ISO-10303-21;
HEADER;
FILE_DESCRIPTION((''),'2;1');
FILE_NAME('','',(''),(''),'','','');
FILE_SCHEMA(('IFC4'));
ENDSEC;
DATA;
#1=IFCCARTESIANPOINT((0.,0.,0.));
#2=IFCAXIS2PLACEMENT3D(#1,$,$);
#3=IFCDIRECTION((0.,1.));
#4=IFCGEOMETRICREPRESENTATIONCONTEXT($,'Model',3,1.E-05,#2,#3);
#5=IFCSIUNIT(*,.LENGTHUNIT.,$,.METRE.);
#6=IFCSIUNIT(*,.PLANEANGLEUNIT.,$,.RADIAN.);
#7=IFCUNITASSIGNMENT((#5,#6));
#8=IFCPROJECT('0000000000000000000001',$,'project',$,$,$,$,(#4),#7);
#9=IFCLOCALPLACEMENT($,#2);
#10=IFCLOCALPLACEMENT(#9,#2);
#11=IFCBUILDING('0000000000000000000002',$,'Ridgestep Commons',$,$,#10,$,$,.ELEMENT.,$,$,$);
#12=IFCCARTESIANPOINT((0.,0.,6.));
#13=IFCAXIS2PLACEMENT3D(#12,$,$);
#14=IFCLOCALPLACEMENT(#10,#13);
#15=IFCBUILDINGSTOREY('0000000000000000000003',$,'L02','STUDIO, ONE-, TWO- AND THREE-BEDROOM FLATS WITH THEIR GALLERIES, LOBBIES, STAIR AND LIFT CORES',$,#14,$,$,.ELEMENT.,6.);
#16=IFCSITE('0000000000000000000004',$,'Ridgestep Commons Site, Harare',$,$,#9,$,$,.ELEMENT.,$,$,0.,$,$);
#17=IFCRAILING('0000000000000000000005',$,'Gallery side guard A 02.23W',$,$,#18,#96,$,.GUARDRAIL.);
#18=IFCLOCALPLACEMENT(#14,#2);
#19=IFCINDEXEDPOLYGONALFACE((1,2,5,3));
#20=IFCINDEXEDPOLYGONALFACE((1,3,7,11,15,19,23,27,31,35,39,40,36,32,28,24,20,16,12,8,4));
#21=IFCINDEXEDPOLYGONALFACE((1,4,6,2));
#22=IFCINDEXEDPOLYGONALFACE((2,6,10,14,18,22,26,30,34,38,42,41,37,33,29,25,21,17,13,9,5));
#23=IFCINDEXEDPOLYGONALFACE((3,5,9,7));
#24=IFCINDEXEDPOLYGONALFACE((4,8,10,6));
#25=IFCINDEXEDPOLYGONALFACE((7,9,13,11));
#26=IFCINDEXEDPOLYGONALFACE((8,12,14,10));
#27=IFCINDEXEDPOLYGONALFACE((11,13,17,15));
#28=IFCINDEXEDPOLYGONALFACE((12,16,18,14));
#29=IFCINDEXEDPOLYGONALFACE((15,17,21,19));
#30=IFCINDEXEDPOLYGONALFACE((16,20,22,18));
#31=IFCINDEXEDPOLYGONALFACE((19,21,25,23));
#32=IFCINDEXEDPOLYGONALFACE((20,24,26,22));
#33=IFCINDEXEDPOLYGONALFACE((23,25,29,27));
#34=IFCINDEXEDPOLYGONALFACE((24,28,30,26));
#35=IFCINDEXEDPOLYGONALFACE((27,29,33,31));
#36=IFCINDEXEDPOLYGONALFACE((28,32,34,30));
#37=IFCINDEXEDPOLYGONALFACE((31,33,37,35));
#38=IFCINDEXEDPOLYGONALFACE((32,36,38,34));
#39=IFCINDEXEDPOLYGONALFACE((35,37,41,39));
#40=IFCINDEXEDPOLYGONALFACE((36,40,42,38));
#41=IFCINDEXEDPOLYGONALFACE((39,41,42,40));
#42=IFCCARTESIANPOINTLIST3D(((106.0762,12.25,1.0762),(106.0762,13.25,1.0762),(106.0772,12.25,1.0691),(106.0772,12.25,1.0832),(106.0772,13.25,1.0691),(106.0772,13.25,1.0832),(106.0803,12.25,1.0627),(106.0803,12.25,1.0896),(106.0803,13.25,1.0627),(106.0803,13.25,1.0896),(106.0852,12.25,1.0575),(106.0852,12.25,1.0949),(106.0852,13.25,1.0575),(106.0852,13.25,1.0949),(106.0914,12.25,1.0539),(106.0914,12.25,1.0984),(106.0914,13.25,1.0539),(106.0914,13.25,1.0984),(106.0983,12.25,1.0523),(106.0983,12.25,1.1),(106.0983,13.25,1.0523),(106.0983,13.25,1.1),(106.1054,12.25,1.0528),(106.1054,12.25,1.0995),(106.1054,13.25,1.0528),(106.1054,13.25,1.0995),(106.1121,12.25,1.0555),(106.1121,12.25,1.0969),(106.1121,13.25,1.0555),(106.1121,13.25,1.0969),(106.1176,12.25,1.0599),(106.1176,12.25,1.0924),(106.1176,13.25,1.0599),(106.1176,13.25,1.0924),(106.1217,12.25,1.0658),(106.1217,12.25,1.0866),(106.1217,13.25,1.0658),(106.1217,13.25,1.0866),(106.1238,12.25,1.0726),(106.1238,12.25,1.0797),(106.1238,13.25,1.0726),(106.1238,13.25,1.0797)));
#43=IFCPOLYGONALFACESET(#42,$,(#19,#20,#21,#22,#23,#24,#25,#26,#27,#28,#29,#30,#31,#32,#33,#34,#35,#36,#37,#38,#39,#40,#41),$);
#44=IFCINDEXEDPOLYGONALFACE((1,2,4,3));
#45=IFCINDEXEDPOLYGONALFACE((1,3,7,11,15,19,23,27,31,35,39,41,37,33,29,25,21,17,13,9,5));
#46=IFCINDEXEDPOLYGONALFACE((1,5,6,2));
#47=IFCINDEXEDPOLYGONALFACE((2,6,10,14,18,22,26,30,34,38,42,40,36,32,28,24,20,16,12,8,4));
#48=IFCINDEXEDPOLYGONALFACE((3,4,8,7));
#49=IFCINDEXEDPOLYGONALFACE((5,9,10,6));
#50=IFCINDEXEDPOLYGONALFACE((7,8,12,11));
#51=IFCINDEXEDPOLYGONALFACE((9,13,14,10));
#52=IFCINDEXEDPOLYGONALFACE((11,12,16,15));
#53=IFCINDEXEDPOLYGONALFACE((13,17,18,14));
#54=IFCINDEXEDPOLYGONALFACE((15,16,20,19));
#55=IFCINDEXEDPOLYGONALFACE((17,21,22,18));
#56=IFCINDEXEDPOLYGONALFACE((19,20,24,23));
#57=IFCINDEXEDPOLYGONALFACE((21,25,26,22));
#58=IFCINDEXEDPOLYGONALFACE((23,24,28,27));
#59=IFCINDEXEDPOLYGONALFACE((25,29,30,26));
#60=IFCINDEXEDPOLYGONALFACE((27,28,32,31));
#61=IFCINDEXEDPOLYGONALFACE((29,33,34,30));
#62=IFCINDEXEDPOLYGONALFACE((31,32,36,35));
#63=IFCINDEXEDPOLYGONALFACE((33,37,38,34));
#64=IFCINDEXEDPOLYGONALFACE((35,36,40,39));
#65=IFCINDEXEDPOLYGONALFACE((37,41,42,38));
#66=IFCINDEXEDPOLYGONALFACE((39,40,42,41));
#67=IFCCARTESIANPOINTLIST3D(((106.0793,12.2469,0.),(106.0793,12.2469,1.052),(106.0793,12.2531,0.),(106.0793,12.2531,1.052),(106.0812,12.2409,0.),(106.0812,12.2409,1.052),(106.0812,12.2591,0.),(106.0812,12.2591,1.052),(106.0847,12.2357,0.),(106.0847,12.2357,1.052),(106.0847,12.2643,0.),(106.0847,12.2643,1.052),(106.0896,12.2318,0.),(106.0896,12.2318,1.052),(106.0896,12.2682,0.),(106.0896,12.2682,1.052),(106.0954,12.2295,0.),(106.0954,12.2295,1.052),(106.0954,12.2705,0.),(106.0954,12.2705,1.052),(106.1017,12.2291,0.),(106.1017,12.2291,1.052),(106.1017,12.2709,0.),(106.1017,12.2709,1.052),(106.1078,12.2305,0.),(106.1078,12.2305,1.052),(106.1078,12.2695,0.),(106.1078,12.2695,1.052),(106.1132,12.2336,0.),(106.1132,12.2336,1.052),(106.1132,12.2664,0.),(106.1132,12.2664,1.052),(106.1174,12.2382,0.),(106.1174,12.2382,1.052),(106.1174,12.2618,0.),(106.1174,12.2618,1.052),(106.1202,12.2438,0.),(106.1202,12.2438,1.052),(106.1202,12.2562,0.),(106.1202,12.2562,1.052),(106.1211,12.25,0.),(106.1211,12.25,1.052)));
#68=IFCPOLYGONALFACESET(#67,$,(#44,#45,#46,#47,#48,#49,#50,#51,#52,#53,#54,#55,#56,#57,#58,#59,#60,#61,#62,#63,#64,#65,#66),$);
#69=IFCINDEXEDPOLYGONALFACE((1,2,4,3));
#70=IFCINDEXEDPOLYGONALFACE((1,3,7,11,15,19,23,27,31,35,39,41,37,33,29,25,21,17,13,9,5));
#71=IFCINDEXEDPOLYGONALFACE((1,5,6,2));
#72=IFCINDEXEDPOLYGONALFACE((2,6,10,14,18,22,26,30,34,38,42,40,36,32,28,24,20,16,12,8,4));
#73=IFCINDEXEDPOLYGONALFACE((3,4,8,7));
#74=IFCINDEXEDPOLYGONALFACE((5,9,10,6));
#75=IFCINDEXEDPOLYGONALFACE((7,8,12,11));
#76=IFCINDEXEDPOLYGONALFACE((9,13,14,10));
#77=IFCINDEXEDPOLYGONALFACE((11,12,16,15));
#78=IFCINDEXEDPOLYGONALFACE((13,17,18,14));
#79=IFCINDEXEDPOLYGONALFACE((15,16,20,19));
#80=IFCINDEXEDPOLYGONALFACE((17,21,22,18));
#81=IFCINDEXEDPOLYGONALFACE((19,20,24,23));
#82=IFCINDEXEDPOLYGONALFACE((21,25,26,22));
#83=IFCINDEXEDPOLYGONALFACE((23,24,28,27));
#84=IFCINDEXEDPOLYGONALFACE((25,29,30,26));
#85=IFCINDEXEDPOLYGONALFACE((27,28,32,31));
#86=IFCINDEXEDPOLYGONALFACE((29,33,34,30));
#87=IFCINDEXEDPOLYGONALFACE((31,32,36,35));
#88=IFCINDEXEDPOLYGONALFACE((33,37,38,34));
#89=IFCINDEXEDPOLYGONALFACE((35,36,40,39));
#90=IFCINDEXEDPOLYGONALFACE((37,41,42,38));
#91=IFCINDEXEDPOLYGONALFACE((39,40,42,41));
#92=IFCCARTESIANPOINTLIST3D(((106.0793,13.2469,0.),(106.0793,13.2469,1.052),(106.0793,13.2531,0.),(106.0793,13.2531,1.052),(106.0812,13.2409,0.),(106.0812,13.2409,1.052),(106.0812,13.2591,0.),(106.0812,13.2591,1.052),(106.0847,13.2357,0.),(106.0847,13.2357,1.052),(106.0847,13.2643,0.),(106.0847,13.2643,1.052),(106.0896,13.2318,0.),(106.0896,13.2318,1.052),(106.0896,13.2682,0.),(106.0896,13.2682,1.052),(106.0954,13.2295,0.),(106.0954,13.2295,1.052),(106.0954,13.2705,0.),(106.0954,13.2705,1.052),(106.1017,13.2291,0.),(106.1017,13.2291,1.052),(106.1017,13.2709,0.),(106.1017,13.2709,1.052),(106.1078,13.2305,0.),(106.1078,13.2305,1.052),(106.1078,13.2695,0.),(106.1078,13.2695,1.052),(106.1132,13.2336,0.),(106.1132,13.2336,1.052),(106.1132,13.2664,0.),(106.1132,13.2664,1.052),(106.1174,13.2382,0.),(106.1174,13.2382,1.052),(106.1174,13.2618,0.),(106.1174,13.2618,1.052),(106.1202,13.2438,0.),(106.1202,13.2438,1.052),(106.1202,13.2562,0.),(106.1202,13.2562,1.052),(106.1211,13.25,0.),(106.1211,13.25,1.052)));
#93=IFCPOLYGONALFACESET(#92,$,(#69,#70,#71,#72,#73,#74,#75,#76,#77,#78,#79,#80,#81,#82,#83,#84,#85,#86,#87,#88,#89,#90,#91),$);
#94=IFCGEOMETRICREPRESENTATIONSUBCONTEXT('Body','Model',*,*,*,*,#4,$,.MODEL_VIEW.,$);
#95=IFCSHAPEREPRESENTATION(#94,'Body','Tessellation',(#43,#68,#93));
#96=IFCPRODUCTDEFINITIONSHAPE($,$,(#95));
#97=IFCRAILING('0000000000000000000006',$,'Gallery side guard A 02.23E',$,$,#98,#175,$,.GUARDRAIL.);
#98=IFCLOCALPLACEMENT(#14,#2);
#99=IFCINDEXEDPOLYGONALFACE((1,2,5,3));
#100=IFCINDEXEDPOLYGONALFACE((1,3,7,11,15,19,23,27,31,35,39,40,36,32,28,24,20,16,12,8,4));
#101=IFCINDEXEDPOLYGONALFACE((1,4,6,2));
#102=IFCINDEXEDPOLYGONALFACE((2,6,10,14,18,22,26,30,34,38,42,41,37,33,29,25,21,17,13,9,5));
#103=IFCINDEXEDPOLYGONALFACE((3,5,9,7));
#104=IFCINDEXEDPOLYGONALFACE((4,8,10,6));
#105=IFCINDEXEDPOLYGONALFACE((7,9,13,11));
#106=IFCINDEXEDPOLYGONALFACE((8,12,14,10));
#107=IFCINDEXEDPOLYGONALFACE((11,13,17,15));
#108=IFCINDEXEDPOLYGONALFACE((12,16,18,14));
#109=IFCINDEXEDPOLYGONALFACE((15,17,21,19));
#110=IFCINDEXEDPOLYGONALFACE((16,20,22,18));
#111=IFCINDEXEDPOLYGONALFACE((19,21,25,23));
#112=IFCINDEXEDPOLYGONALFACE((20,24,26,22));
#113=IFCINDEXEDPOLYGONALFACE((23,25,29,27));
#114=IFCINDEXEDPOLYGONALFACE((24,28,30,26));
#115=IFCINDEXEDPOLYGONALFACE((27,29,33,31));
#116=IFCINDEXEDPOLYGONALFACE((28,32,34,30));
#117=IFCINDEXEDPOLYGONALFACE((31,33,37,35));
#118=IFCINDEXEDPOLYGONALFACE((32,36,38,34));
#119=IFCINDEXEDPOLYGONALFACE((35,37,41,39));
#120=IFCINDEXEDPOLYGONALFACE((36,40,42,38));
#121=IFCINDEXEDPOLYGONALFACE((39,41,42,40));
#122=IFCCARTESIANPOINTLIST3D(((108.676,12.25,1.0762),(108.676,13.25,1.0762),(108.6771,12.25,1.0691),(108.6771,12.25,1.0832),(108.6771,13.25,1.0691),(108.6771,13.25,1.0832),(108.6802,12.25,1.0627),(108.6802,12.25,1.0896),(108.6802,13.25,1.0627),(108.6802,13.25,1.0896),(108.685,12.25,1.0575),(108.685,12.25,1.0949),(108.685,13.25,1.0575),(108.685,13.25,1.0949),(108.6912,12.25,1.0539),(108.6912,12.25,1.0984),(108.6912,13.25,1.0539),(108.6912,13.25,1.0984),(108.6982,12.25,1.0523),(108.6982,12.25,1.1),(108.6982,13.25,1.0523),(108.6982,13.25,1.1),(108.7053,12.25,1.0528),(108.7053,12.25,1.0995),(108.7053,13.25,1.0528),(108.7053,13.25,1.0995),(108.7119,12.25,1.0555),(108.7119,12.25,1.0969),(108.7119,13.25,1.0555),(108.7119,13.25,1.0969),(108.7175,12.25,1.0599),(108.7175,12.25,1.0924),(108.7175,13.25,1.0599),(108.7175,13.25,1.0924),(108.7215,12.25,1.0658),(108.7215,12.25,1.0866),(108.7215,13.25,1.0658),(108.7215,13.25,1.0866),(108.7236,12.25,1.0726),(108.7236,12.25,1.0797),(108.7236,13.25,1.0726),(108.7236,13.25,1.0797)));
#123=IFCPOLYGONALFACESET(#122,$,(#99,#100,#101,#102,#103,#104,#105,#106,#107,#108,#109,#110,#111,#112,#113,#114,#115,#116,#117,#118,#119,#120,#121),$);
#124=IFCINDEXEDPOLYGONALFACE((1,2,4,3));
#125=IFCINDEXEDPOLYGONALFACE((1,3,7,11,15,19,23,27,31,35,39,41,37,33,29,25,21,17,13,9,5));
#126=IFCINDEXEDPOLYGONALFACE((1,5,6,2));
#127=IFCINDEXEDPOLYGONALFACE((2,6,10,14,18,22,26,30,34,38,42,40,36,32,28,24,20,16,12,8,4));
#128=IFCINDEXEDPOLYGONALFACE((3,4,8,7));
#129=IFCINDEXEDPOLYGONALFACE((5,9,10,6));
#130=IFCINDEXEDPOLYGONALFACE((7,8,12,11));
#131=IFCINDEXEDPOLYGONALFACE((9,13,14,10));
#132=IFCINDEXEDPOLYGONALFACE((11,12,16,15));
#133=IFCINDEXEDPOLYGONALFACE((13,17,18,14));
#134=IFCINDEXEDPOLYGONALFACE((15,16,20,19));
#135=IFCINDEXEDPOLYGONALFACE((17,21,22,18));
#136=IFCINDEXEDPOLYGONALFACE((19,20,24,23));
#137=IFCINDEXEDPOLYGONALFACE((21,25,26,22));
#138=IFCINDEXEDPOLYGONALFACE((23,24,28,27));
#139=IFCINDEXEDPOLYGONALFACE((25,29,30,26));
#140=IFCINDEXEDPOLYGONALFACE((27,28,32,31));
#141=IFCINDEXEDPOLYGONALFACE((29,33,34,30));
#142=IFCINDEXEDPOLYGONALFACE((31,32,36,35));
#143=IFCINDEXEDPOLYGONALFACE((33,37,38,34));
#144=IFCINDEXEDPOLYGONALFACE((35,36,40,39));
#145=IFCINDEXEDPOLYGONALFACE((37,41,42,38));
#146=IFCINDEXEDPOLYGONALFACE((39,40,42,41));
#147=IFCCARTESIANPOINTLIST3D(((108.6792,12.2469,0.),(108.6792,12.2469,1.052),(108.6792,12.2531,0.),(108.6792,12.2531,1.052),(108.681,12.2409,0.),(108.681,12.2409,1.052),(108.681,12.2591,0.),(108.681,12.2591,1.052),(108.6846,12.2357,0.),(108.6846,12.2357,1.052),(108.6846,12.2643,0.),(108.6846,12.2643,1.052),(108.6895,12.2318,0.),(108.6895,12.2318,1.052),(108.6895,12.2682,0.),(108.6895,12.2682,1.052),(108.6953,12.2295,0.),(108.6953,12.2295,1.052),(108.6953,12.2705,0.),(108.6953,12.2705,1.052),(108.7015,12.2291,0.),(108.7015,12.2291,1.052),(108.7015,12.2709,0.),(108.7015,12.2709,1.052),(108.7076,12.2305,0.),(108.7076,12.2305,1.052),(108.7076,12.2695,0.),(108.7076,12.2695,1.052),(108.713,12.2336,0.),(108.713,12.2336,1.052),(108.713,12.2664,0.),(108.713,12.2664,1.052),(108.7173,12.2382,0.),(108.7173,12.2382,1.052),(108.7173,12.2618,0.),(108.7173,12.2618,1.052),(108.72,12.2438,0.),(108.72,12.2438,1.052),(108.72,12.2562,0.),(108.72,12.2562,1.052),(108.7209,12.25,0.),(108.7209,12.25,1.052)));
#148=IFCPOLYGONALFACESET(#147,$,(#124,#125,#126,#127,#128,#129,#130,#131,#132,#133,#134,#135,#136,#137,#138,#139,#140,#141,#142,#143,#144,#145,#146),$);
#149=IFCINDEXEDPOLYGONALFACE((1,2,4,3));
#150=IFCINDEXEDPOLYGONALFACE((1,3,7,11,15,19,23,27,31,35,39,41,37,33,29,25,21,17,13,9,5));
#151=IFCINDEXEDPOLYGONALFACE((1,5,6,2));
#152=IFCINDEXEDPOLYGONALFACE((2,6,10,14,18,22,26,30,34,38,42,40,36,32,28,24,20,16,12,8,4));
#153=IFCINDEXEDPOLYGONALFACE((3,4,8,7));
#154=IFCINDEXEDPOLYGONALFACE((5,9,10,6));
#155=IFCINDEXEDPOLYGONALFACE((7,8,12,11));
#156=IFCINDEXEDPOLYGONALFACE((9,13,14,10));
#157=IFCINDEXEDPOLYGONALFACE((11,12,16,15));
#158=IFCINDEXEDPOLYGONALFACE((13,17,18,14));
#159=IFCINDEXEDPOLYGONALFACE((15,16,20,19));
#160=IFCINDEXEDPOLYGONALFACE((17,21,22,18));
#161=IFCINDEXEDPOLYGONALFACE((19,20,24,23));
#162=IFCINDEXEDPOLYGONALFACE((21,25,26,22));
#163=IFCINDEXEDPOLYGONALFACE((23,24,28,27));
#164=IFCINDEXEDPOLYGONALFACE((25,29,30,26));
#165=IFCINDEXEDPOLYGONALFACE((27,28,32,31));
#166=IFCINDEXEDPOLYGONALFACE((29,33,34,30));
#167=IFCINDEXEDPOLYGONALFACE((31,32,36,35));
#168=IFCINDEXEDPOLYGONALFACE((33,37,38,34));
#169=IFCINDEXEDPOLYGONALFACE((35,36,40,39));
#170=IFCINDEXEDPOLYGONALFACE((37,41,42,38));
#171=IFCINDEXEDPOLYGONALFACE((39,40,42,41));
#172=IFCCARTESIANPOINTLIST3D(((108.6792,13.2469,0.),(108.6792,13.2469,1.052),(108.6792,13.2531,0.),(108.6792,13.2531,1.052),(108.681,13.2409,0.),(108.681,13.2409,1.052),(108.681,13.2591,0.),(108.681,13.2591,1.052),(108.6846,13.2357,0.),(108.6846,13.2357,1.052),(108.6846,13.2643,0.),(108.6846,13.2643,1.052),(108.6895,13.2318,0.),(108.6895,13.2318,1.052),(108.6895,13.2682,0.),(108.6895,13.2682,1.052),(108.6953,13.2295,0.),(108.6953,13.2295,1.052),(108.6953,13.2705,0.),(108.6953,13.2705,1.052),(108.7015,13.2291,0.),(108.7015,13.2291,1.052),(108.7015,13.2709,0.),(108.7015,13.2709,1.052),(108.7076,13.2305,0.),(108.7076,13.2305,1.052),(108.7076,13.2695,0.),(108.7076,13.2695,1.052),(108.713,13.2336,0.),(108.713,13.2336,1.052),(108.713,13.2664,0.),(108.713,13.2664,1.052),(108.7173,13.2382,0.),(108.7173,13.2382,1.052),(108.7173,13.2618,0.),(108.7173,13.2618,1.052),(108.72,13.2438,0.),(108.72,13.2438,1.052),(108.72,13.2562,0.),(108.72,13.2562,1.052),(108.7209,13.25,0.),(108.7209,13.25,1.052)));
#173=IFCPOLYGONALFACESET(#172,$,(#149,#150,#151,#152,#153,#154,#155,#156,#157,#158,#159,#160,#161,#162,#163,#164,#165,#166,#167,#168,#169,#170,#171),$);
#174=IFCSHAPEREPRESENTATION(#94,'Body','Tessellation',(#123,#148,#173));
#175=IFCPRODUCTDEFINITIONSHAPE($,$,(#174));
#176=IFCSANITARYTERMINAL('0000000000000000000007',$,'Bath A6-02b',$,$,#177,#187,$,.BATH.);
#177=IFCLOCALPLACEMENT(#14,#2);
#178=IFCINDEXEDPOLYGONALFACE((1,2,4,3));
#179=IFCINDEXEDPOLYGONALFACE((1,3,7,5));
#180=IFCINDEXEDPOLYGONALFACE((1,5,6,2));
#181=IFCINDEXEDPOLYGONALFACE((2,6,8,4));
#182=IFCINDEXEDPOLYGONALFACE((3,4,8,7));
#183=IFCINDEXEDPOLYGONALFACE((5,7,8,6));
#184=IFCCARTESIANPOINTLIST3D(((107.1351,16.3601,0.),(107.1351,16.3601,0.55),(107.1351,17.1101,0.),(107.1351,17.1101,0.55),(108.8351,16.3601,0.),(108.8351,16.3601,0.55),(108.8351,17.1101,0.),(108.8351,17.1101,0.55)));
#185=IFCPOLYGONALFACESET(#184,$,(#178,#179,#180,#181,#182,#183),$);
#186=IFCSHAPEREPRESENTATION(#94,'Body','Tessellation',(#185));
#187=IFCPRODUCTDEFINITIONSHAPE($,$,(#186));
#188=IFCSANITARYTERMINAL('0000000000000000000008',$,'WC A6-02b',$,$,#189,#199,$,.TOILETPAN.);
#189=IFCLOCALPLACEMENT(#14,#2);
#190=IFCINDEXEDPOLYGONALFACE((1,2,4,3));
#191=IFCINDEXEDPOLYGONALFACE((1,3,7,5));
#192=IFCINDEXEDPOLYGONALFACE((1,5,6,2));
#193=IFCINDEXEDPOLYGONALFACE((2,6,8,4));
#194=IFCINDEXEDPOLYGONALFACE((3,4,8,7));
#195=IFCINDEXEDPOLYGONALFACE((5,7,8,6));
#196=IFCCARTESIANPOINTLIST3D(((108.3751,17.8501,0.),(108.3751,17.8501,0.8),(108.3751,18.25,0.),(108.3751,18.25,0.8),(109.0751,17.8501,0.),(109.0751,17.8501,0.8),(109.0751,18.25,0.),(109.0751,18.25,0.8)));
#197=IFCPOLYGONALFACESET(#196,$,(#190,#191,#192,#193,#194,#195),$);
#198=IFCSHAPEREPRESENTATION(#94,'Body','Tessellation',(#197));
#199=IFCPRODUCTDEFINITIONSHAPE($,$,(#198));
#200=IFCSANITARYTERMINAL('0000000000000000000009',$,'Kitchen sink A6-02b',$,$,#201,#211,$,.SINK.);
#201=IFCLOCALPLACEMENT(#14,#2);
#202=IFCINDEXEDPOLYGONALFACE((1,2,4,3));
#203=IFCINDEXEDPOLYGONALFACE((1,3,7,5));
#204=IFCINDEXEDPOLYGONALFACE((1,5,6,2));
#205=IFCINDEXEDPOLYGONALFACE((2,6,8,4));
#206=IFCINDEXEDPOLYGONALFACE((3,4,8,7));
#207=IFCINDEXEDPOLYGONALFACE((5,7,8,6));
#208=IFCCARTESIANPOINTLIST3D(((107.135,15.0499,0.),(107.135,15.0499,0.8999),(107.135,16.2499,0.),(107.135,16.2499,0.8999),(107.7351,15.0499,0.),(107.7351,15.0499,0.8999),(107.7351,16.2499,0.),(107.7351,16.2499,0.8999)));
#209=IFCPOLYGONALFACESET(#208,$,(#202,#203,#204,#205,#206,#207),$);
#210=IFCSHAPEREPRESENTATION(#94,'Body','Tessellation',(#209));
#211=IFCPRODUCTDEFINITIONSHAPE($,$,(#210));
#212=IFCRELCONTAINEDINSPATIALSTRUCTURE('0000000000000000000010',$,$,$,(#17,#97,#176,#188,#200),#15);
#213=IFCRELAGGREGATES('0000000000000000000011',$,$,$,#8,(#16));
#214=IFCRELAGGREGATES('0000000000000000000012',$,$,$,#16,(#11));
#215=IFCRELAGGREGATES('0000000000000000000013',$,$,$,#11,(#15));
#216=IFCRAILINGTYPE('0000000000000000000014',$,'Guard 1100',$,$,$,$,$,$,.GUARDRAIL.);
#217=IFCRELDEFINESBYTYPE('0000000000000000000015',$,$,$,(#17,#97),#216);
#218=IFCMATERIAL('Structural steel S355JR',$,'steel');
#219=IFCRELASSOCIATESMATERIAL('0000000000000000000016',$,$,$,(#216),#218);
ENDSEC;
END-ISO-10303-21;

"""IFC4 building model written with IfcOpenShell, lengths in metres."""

from ifc_helpers import new_model, si_unit, direction, frame, origin, origin_2d, place, context, subcontext, project, spatial, rectangle, circle, extrude, material, type_object, element, save


model = new_model("IFC4")

# Units and contexts
model_context = context("Model", 3, precision=1e-05, world=origin(), true_north=direction((0.0, 1.0)))
body_context = subcontext(model_context, "Body", "Model", "MODEL_VIEW")
ifc_project = project(units=[si_unit("LENGTHUNIT", "METRE"), si_unit("PLANEANGLEUNIT", "RADIAN")], contexts=[model_context])

# Site, building, storey
site_placement = place(None, origin())
site = spatial("IfcSite", under=ifc_project, at=site_placement, Name="Ridgestep Commons Site, Harare", CompositionType="ELEMENT", RefElevation=0.0)
building_placement = place(site_placement, origin())
building = spatial("IfcBuilding", under=site, at=building_placement, Name="Ridgestep Commons", CompositionType="ELEMENT")
storey_placement = place(building_placement, frame((0.0, 0.0, 6.0)))
storey = spatial("IfcBuildingStorey", under=building, at=storey_placement, Name="L02", Description="STUDIO, ONE-, TWO- AND THREE-BEDROOM FLATS WITH THEIR GALLERIES, LOBBIES, STAIR AND LIFT CORES", CompositionType="ELEMENT", Elevation=6.0)

# Railings
ifc_material_1 = material(Name="Structural steel S355JR", Category="steel")
railing_type = type_object("IfcRailingType", Name="Guard 1100", PredefinedType="GUARDRAIL", material=ifc_material_1)
for number, where, name in (
    (1, (106.1001, 12.25, 0.0), "Gallery side guard A 02.23W"),
    (2, (108.7, 12.25, 0.0), "Gallery side guard A 02.23E"),
):
    element("IfcRailing", number, at=place(storey_placement, frame(where)), inside=storey, type_object=railing_type, Name=name, PredefinedType="GUARDRAIL", context=body_context, shape_type="SweptSolid", body=[
        extrude(circle(Radius=0.0239, at=origin_2d()), frame((0.0, 0.0, 1.0762), z_axis=(0.0, 1.0, 0.0), x_axis=(-1.0, 0.0, 0.0)), (0.0, 0.0, 1.0), 1.0),
        extrude(circle(Radius=0.021, at=origin_2d()), origin(), (0.0, 0.0, 1.0), 1.052),
        extrude(circle(Radius=0.021, at=origin_2d()), frame((0.0, 1.0, 0.0)), (0.0, 0.0, 1.0), 1.052),
    ])

# Sanitary terminals
sanitary_terminal_1_placement = place(storey_placement, frame((107.9851, 16.7351, 0.0), z_axis=(0.0, 0.0, 1.0), x_axis=(1.0, 0.0, 0.0)))
element("IfcSanitaryTerminal", 3, at=sanitary_terminal_1_placement, inside=storey, Name="Bath A6-02b", PredefinedType="BATH", context=body_context, shape_type="SweptSolid", body=[
    extrude(rectangle(XDim=1.7, YDim=0.75, at=origin_2d()), origin(), (0.0, 0.0, 1.0), 0.55),
])
sanitary_terminal_2_placement = place(storey_placement, frame((108.7251, 18.05, 0.0), z_axis=(0.0, 0.0, 1.0), x_axis=(1.0, 0.0, 0.0)))
element("IfcSanitaryTerminal", 4, at=sanitary_terminal_2_placement, inside=storey, Name="WC A6-02b", PredefinedType="TOILETPAN", context=body_context, shape_type="SweptSolid", body=[
    extrude(rectangle(XDim=0.7, YDim=0.3999, at=origin_2d()), origin(), (0.0, 0.0, 1.0), 0.8),
])
sanitary_terminal_3_placement = place(storey_placement, frame((107.4351, 15.6499, 0.0), z_axis=(0.0, 0.0, 1.0), x_axis=(1.0, 0.0, 0.0)))
element("IfcSanitaryTerminal", 5, at=sanitary_terminal_3_placement, inside=storey, Name="Kitchen sink A6-02b", PredefinedType="SINK", context=body_context, shape_type="SweptSolid", body=[
    extrude(rectangle(XDim=0.6001, YDim=1.2, at=origin_2d()), origin(), (0.0, 0.0, 1.0), 0.8999),
])

save(model, "model.ifc")
